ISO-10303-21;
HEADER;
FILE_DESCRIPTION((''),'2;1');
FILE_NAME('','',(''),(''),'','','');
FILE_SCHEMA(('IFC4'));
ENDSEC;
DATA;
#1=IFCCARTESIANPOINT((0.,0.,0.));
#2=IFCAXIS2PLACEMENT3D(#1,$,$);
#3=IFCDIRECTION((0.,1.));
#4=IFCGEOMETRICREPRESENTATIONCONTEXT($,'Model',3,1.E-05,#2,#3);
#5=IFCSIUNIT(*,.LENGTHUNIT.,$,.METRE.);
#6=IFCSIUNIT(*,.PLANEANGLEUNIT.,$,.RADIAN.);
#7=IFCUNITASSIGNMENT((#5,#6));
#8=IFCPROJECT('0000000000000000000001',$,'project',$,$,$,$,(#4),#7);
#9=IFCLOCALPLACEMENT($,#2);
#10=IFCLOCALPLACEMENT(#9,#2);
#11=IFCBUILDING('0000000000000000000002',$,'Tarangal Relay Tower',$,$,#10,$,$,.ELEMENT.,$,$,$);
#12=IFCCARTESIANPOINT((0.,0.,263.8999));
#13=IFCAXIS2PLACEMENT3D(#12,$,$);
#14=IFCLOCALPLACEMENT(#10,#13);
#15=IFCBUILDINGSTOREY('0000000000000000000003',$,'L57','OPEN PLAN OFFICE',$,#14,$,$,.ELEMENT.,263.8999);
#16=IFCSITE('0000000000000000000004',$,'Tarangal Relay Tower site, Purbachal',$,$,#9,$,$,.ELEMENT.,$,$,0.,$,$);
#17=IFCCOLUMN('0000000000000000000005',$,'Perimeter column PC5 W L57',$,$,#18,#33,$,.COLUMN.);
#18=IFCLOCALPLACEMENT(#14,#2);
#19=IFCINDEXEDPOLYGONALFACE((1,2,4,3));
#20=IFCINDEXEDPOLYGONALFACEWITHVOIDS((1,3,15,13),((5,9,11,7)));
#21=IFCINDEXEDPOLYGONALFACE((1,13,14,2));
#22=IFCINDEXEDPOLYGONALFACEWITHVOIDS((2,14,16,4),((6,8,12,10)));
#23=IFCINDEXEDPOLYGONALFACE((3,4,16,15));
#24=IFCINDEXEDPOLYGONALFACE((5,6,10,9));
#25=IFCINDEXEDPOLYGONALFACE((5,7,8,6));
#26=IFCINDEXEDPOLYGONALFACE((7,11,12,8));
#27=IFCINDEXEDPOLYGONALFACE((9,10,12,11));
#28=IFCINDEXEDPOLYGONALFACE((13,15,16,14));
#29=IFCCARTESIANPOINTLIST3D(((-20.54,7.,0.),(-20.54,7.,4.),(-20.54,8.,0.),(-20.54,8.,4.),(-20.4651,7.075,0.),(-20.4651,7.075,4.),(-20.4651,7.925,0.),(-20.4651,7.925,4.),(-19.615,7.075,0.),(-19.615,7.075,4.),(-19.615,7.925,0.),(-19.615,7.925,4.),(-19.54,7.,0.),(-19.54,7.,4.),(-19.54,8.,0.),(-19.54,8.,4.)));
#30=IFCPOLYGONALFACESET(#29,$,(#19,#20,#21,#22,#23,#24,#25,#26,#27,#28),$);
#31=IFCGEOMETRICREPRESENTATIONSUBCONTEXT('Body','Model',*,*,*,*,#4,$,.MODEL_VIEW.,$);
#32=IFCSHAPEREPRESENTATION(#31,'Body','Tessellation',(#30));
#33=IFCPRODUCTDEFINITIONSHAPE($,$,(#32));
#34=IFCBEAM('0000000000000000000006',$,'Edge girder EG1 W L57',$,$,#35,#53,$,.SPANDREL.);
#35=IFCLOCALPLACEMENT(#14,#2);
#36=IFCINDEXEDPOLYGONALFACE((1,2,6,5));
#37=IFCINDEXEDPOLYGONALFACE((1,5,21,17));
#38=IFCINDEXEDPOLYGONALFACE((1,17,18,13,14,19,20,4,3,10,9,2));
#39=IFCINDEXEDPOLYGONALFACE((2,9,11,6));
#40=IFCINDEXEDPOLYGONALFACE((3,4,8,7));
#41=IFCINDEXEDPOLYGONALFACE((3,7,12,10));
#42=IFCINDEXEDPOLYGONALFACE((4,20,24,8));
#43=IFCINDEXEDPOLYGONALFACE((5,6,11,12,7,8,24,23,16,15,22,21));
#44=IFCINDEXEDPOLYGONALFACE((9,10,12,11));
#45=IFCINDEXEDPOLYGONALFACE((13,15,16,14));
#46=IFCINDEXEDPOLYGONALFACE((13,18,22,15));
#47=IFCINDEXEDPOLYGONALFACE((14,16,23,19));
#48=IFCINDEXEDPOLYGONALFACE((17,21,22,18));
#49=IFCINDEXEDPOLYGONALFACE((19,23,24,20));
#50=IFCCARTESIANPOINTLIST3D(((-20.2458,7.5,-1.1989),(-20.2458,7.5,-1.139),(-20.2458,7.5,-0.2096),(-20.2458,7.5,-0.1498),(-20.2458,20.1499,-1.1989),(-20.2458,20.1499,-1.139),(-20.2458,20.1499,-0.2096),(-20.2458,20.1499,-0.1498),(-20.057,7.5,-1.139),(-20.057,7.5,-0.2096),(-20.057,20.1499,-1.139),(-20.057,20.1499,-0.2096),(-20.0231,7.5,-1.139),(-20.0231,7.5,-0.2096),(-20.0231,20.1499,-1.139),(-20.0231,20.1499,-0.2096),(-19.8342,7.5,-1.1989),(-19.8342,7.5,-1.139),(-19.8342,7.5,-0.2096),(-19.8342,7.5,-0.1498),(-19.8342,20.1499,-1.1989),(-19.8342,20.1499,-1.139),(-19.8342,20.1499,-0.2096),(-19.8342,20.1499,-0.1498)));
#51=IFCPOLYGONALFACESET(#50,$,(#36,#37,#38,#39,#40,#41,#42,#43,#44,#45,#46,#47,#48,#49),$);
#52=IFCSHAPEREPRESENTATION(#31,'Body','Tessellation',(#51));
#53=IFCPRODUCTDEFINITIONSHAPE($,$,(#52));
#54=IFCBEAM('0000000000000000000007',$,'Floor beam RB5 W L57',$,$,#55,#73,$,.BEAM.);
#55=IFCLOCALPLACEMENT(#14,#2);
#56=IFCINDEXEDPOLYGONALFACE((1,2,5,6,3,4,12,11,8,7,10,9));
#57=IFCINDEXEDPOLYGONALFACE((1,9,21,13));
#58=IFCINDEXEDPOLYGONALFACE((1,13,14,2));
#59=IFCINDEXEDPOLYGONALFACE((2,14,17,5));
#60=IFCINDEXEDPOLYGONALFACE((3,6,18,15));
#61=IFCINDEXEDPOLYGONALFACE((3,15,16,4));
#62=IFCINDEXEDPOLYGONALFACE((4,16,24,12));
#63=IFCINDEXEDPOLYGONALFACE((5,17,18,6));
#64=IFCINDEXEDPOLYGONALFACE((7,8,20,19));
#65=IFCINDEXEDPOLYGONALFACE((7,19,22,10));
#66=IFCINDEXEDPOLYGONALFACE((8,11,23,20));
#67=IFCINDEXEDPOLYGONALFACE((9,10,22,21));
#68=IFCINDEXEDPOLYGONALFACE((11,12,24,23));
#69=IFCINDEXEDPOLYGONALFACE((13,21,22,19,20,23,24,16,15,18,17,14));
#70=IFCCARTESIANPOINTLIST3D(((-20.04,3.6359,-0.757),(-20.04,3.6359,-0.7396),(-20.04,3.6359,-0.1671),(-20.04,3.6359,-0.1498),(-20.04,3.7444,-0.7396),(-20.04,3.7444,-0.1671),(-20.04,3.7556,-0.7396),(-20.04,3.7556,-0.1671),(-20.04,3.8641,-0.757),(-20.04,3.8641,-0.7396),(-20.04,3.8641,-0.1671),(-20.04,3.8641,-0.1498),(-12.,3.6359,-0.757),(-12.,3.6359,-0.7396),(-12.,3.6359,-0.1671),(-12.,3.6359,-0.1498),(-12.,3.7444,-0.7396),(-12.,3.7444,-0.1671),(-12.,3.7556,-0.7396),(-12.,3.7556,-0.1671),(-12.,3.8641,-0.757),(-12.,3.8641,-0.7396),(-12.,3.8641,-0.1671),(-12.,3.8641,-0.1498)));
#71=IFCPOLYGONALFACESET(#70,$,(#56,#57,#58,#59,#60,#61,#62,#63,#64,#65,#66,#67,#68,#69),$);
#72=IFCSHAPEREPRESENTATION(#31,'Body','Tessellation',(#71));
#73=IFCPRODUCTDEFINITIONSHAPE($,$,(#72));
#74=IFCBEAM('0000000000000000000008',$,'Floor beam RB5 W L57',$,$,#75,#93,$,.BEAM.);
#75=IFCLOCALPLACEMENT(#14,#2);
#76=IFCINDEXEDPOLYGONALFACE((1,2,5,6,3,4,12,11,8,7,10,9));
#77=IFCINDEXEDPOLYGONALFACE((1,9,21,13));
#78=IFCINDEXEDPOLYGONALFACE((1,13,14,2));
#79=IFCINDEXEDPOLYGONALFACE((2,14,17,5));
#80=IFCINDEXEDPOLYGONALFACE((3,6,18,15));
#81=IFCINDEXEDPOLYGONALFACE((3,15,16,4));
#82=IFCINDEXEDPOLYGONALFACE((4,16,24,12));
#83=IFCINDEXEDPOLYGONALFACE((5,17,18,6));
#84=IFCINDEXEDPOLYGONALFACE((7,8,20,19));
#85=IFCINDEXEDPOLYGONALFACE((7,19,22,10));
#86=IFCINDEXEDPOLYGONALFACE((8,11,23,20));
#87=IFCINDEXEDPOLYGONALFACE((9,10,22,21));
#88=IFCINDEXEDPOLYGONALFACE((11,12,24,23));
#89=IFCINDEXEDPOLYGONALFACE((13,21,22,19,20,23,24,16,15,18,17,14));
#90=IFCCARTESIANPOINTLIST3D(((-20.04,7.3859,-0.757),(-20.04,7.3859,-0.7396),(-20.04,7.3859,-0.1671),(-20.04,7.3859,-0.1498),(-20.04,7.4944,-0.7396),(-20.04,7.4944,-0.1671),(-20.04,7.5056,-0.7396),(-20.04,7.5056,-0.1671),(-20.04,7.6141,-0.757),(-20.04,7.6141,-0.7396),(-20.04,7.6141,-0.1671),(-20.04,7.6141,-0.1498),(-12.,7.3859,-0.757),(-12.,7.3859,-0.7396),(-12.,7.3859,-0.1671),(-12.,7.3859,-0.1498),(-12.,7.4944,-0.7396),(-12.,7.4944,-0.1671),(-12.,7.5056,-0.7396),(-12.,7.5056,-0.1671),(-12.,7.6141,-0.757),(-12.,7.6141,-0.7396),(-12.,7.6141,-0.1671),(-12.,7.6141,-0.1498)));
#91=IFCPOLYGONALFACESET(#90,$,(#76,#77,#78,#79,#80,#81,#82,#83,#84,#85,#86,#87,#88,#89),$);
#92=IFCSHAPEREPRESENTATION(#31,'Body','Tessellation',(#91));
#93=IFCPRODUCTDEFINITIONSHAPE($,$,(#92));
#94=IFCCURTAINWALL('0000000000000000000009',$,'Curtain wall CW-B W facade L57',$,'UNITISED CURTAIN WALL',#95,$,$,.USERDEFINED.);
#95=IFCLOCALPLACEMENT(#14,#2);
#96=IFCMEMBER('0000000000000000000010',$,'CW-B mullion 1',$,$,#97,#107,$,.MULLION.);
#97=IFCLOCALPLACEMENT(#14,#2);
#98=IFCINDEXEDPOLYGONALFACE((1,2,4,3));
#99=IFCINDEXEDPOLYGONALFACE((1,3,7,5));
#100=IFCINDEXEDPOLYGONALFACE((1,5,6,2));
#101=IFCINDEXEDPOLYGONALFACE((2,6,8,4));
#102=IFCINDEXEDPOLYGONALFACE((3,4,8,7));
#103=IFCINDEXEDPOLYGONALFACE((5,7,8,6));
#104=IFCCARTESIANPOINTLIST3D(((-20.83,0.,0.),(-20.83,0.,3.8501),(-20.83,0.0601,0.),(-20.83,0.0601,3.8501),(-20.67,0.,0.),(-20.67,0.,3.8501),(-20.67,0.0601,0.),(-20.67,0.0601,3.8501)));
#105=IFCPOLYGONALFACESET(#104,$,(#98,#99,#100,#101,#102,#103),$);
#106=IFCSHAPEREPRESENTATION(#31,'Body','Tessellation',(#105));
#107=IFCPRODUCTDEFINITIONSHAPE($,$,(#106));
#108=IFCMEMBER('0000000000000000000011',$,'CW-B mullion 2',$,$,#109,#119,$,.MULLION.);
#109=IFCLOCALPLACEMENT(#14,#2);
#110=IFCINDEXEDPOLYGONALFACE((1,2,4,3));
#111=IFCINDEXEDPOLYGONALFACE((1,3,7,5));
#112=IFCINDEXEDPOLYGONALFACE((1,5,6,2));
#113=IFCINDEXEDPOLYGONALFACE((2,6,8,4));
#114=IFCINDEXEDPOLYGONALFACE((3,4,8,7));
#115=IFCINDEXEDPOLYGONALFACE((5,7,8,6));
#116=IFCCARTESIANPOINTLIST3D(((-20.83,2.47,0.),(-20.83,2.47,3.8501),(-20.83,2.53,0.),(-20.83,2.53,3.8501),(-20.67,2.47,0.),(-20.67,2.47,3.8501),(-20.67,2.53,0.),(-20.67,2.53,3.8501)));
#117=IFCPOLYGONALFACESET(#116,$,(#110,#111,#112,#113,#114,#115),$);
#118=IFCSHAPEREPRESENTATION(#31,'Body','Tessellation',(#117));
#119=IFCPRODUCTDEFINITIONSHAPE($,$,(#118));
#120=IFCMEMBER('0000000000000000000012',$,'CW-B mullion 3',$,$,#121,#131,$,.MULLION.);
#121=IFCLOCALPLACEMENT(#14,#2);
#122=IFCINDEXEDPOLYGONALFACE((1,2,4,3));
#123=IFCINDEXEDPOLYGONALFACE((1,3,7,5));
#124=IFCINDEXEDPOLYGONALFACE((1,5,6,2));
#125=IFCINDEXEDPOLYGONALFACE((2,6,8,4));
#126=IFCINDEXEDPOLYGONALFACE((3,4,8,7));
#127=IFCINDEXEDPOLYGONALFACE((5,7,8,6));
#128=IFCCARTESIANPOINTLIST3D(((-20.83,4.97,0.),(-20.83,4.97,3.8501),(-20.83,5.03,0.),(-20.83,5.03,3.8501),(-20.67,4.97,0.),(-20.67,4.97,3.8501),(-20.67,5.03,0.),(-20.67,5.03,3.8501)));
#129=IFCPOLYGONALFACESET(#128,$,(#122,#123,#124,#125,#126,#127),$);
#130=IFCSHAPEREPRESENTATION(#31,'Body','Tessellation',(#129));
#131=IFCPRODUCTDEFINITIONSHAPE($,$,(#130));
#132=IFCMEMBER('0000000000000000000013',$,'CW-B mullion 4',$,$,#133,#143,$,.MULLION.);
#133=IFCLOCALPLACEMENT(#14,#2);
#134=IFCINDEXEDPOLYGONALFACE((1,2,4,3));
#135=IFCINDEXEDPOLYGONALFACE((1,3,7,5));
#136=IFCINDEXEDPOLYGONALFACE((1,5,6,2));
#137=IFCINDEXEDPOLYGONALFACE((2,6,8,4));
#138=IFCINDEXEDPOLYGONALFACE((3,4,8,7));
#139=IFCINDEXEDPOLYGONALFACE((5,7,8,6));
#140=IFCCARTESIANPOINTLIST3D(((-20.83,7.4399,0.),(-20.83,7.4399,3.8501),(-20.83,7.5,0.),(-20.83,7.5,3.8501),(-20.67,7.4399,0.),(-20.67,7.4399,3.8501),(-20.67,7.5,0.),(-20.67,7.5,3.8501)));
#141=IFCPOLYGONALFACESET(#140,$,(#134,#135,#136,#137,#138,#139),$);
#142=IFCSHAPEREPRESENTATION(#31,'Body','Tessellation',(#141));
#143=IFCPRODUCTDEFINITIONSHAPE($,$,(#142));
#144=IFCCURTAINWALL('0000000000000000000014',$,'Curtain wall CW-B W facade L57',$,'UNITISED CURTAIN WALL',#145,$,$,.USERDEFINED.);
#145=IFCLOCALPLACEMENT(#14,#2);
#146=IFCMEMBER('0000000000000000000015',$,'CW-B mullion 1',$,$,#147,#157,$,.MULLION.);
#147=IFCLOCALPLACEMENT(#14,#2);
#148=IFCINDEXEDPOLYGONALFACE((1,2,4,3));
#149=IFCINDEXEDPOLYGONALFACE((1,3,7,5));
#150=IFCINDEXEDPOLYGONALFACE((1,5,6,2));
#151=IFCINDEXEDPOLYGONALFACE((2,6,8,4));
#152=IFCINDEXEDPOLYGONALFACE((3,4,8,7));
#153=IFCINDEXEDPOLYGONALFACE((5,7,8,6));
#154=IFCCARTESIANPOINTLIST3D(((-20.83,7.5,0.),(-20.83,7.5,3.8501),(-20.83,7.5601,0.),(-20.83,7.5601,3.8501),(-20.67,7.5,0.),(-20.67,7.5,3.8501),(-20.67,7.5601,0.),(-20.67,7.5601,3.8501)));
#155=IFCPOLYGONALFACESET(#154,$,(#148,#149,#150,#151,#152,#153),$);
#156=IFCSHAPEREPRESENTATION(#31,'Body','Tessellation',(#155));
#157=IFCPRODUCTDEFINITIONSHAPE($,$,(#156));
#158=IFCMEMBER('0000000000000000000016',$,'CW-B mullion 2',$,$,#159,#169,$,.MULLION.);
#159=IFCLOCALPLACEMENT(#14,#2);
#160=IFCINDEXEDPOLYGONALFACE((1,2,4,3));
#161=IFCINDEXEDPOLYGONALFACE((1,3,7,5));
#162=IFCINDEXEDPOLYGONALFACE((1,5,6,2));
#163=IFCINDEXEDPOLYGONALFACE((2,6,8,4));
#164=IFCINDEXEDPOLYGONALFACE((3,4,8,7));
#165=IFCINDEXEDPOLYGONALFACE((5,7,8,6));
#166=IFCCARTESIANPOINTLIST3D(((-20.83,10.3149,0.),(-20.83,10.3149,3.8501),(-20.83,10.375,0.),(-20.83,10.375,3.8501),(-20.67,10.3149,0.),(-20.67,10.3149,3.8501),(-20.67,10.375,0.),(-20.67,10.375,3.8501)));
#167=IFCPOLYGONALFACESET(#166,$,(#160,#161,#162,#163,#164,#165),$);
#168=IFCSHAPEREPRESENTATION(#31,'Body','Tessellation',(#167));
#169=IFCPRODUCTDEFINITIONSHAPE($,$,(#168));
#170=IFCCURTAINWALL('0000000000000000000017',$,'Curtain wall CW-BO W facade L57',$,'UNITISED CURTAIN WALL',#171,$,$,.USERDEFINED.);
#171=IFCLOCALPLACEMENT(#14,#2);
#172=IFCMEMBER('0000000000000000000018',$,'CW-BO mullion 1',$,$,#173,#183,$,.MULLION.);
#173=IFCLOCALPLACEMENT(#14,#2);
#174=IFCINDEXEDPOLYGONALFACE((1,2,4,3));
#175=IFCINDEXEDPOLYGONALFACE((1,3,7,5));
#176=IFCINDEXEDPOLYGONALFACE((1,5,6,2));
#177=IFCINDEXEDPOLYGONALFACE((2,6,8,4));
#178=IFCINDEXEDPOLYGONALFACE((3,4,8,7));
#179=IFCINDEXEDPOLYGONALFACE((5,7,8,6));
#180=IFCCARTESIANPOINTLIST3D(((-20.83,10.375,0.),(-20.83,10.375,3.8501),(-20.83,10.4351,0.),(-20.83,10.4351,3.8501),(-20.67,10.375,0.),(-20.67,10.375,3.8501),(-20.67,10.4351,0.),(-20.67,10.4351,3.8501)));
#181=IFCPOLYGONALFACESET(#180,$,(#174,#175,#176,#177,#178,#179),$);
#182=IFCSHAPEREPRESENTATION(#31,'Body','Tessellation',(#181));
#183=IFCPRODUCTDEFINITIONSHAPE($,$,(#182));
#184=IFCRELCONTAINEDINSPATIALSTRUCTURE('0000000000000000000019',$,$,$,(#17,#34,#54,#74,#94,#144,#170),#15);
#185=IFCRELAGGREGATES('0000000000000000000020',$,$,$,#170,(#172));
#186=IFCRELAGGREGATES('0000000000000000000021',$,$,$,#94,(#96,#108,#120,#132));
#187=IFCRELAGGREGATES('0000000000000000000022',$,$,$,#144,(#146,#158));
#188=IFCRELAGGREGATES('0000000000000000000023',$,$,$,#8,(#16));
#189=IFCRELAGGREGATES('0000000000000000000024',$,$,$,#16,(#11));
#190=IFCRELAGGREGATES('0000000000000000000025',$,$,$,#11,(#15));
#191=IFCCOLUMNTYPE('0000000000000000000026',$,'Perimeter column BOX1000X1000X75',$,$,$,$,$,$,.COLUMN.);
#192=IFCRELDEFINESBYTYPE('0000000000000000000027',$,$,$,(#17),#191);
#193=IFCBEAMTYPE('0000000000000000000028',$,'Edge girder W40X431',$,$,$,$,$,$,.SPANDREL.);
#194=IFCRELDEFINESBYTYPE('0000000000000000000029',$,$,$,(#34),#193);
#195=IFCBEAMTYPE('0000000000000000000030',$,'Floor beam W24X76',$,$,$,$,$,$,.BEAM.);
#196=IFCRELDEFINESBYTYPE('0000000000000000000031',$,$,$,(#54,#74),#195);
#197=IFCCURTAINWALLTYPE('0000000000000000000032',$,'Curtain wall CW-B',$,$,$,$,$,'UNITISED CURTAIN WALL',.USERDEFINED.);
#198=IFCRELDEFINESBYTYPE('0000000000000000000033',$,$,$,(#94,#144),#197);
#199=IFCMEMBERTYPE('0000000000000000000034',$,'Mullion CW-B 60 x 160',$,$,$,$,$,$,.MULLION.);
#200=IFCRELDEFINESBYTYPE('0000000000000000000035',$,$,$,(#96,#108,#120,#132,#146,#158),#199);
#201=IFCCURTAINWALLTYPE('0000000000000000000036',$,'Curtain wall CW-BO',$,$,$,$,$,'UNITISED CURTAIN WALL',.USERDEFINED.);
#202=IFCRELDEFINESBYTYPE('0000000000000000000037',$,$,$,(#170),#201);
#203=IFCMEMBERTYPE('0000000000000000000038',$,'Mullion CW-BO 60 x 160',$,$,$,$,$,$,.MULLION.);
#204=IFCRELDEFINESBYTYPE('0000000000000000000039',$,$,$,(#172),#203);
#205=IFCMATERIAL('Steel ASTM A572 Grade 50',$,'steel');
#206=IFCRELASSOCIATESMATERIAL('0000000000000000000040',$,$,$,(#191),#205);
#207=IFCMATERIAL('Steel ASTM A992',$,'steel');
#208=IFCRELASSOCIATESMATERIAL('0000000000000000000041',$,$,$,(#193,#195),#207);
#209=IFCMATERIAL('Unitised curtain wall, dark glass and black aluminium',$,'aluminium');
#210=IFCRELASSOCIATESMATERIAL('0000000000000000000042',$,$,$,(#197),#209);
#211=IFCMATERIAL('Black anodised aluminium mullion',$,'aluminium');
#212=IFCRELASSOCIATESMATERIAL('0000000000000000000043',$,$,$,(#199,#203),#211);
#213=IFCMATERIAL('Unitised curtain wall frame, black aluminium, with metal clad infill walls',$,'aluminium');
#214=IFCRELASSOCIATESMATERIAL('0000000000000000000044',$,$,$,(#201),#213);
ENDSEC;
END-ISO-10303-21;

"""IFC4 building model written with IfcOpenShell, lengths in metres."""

from ifc_helpers import new_model, si_unit, direction, frame, origin, origin_2d, place, context, subcontext, project, spatial, rectangle, hollow_rectangle, i_section, extrude, material, material_profile, profile_set, type_object, element, aggregate, save


model = new_model("IFC4")

# Units and contexts
model_context = context("Model", 3, precision=1e-05, world=origin(), true_north=direction((0.0, 1.0)))
body_context = subcontext(model_context, "Body", "Model", "MODEL_VIEW")
ifc_project = project(units=[si_unit("LENGTHUNIT", "METRE"), si_unit("PLANEANGLEUNIT", "RADIAN")], contexts=[model_context])

# Site, building, storey
site_placement = place(None, origin())
site = spatial("IfcSite", under=ifc_project, at=site_placement, Name="Tarangal Relay Tower site, Purbachal", CompositionType="ELEMENT", RefElevation=0.0)
building_placement = place(site_placement, origin())
building = spatial("IfcBuilding", under=site, at=building_placement, Name="Tarangal Relay Tower", CompositionType="ELEMENT")
storey_placement = place(building_placement, frame((0.0, 0.0, 263.8999)))
storey = spatial("IfcBuildingStorey", under=building, at=storey_placement, Name="L57", Description="OPEN PLAN OFFICE", CompositionType="ELEMENT", Elevation=263.8999)

# Column
ifc_material_1 = material(Name="Steel ASTM A572 Grade 50", Category="steel")
ifc_material_profile_1 = material_profile(ifc_material_1, hollow_rectangle(XDim=1.0, YDim=1.0, WallThickness=0.075, at=origin_2d()), Name="BOX1000X1000X75")
ifc_profile_set_1 = profile_set([ifc_material_profile_1], Name="Steel ASTM A572 Grade 50")
column_type = type_object("IfcColumnType", Name="Perimeter column BOX1000X1000X75", PredefinedType="COLUMN", material=ifc_profile_set_1)
column_placement = place(storey_placement, frame((-20.04, 7.5, 0.0), z_axis=(0.0, 0.0, 1.0), x_axis=(1.0, 0.0, 0.0)))
element("IfcColumn", 1, at=column_placement, inside=storey, type_object=column_type, Name="Perimeter column PC5 W L57", PredefinedType="COLUMN", context=body_context, shape_type="SweptSolid", body=[
    extrude(hollow_rectangle(XDim=1.0, YDim=1.0, WallThickness=0.075, at=origin_2d()), origin(), (0.0, 0.0, 1.0), 4.0),
])

# Beams
ifc_material_2 = material(Name="Steel ASTM A992", Category="steel")
ifc_material_profile_2 = material_profile(ifc_material_2, i_section(OverallWidth=0.4116, OverallDepth=1.0491, WebThickness=0.0339, FlangeThickness=0.0598, at=origin_2d()), Name="W40X431")
ifc_profile_set_2 = profile_set([ifc_material_profile_2], Name="Steel ASTM A992")
beam_type_1 = type_object("IfcBeamType", Name="Edge girder W40X431", PredefinedType="SPANDREL", material=ifc_profile_set_2)
beam_placement = place(storey_placement, frame((-20.04, 7.5, -0.6743), z_axis=(0.0, 1.0, 0.0), x_axis=(-1.0, 0.0, 0.0)))
element("IfcBeam", 2, at=beam_placement, inside=storey, type_object=beam_type_1, Name="Edge girder EG1 W L57", PredefinedType="SPANDREL", context=body_context, shape_type="SweptSolid", body=[
    extrude(i_section(OverallWidth=0.4116, OverallDepth=1.0491, WebThickness=0.0339, FlangeThickness=0.0598, at=origin_2d()), origin(), (0.0, 0.0, 1.0), 12.6499),
])
ifc_material_profile_3 = material_profile(ifc_material_2, i_section(OverallWidth=0.2283, OverallDepth=0.6072, WebThickness=0.0112, FlangeThickness=0.0173, at=origin_2d()), Name="W24X76")
ifc_profile_set_3 = profile_set([ifc_material_profile_3], Name="Steel ASTM A992")
beam_type_2 = type_object("IfcBeamType", Name="Floor beam W24X76", PredefinedType="BEAM", material=ifc_profile_set_3)
for number, where, z_axis, x_axis, name in (
    (3, (-12.0, 3.75, -0.4534), (-1.0, 0.0, 0.0), (0.0, -1.0, 0.0), "Floor beam RB5 W L57"),
    (4, (-12.0, 7.5, -0.4534), (-1.0, 0.0, 0.0), (0.0, -1.0, 0.0), "Floor beam RB5 W L57"),
):
    element("IfcBeam", number, at=place(storey_placement, frame(where, z_axis=z_axis, x_axis=x_axis)), inside=storey, type_object=beam_type_2, Name=name, PredefinedType="BEAM", context=body_context, shape_type="SweptSolid", body=[
        extrude(i_section(OverallWidth=0.2283, OverallDepth=0.6072, WebThickness=0.0112, FlangeThickness=0.0173, at=origin_2d()), origin(), (0.0, 0.0, 1.0), 8.04),
    ])

# Curtain walls, members
ifc_material_3 = material(Name="Unitised curtain wall, dark glass and black aluminium", Category="aluminium")
curtain_wall_type_1 = type_object("IfcCurtainWallType", Name="Curtain wall CW-B", ElementType="UNITISED CURTAIN WALL", PredefinedType="USERDEFINED", material=ifc_material_3)
curtain_wall_1_placement = place(storey_placement, origin())
curtain_wall_1 = element("IfcCurtainWall", 5, at=curtain_wall_1_placement, inside=storey, type_object=curtain_wall_type_1, Name="Curtain wall CW-B W facade L57", ObjectType="UNITISED CURTAIN WALL", PredefinedType="USERDEFINED")
ifc_material_4 = material(Name="Black anodised aluminium mullion", Category="aluminium")
ifc_material_profile_4 = material_profile(ifc_material_4, rectangle(XDim=0.1599, YDim=0.0601, at=origin_2d()), Name="CW-BM 60X160")
ifc_profile_set_4 = profile_set([ifc_material_profile_4], Name="Black anodised aluminium mullion")
member_type_1 = type_object("IfcMemberType", Name="Mullion CW-B 60 x 160", PredefinedType="MULLION", material=ifc_profile_set_4)
member_1_placement = place(storey_placement, frame((-20.75, 0.03, 0.0), z_axis=(0.0, 0.0, 1.0), x_axis=(-1.0, 0.0, 0.0)))
member_1 = element("IfcMember", 6, at=member_1_placement, type_object=member_type_1, Name="CW-B mullion 1", PredefinedType="MULLION", context=body_context, shape_type="SweptSolid", body=[
    extrude(rectangle(XDim=0.1599, YDim=0.0601, at=origin_2d()), origin(), (0.0, 0.0, 1.0), 3.8501),
])
member_2_placement = place(storey_placement, frame((-20.75, 2.5, 0.0), z_axis=(0.0, 0.0, 1.0), x_axis=(-1.0, 0.0, 0.0)))
member_2 = element("IfcMember", 7, at=member_2_placement, type_object=member_type_1, Name="CW-B mullion 2", PredefinedType="MULLION", context=body_context, shape_type="SweptSolid", body=[
    extrude(rectangle(XDim=0.1599, YDim=0.0601, at=origin_2d()), origin(), (0.0, 0.0, 1.0), 3.8501),
])
member_3_placement = place(storey_placement, frame((-20.75, 5.0, 0.0), z_axis=(0.0, 0.0, 1.0), x_axis=(-1.0, 0.0, 0.0)))
member_3 = element("IfcMember", 8, at=member_3_placement, type_object=member_type_1, Name="CW-B mullion 3", PredefinedType="MULLION", context=body_context, shape_type="SweptSolid", body=[
    extrude(rectangle(XDim=0.1599, YDim=0.0601, at=origin_2d()), origin(), (0.0, 0.0, 1.0), 3.8501),
])
member_4_placement = place(storey_placement, frame((-20.75, 7.47, 0.0), z_axis=(0.0, 0.0, 1.0), x_axis=(-1.0, 0.0, 0.0)))
member_4 = element("IfcMember", 9, at=member_4_placement, type_object=member_type_1, Name="CW-B mullion 4", PredefinedType="MULLION", context=body_context, shape_type="SweptSolid", body=[
    extrude(rectangle(XDim=0.1599, YDim=0.0601, at=origin_2d()), origin(), (0.0, 0.0, 1.0), 3.8501),
])
curtain_wall_2_placement = place(storey_placement, origin())
curtain_wall_2 = element("IfcCurtainWall", 10, at=curtain_wall_2_placement, inside=storey, type_object=curtain_wall_type_1, Name="Curtain wall CW-B W facade L57", ObjectType="UNITISED CURTAIN WALL", PredefinedType="USERDEFINED")
member_5_placement = place(storey_placement, frame((-20.75, 7.53, 0.0), z_axis=(0.0, 0.0, 1.0), x_axis=(-1.0, 0.0, 0.0)))
member_5 = element("IfcMember", 11, at=member_5_placement, type_object=member_type_1, Name="CW-B mullion 1", PredefinedType="MULLION", context=body_context, shape_type="SweptSolid", body=[
    extrude(rectangle(XDim=0.1599, YDim=0.0601, at=origin_2d()), origin(), (0.0, 0.0, 1.0), 3.8501),
])
member_6_placement = place(storey_placement, frame((-20.75, 10.345, 0.0), z_axis=(0.0, 0.0, 1.0), x_axis=(-1.0, 0.0, 0.0)))
member_6 = element("IfcMember", 12, at=member_6_placement, type_object=member_type_1, Name="CW-B mullion 2", PredefinedType="MULLION", context=body_context, shape_type="SweptSolid", body=[
    extrude(rectangle(XDim=0.1599, YDim=0.0601, at=origin_2d()), origin(), (0.0, 0.0, 1.0), 3.8501),
])

# Curtain wall, member
ifc_material_5 = material(Name="Unitised curtain wall frame, black aluminium, with metal clad infill walls", Category="aluminium")
curtain_wall_type_2 = type_object("IfcCurtainWallType", Name="Curtain wall CW-BO", ElementType="UNITISED CURTAIN WALL", PredefinedType="USERDEFINED", material=ifc_material_5)
curtain_wall_3_placement = place(storey_placement, origin())
curtain_wall_3 = element("IfcCurtainWall", 13, at=curtain_wall_3_placement, inside=storey, type_object=curtain_wall_type_2, Name="Curtain wall CW-BO W facade L57", ObjectType="UNITISED CURTAIN WALL", PredefinedType="USERDEFINED")
ifc_material_profile_5 = material_profile(ifc_material_4, rectangle(XDim=0.1599, YDim=0.0601, at=origin_2d()), Name="CW-BOM 60X160")
ifc_profile_set_5 = profile_set([ifc_material_profile_5], Name="Black anodised aluminium mullion")
member_type_2 = type_object("IfcMemberType", Name="Mullion CW-BO 60 x 160", PredefinedType="MULLION", material=ifc_profile_set_5)
member_7_placement = place(storey_placement, frame((-20.75, 10.405, 0.0), z_axis=(0.0, 0.0, 1.0), x_axis=(-1.0, 0.0, 0.0)))
member_7 = element("IfcMember", 14, at=member_7_placement, type_object=member_type_2, Name="CW-BO mullion 1", PredefinedType="MULLION", context=body_context, shape_type="SweptSolid", body=[
    extrude(rectangle(XDim=0.1599, YDim=0.0601, at=origin_2d()), origin(), (0.0, 0.0, 1.0), 3.8501),
])
aggregate(curtain_wall_3, [member_7])

aggregate(curtain_wall_1, [member_1, member_2, member_3, member_4])
aggregate(curtain_wall_2, [member_5, member_6])

save(model, "model.ifc")
